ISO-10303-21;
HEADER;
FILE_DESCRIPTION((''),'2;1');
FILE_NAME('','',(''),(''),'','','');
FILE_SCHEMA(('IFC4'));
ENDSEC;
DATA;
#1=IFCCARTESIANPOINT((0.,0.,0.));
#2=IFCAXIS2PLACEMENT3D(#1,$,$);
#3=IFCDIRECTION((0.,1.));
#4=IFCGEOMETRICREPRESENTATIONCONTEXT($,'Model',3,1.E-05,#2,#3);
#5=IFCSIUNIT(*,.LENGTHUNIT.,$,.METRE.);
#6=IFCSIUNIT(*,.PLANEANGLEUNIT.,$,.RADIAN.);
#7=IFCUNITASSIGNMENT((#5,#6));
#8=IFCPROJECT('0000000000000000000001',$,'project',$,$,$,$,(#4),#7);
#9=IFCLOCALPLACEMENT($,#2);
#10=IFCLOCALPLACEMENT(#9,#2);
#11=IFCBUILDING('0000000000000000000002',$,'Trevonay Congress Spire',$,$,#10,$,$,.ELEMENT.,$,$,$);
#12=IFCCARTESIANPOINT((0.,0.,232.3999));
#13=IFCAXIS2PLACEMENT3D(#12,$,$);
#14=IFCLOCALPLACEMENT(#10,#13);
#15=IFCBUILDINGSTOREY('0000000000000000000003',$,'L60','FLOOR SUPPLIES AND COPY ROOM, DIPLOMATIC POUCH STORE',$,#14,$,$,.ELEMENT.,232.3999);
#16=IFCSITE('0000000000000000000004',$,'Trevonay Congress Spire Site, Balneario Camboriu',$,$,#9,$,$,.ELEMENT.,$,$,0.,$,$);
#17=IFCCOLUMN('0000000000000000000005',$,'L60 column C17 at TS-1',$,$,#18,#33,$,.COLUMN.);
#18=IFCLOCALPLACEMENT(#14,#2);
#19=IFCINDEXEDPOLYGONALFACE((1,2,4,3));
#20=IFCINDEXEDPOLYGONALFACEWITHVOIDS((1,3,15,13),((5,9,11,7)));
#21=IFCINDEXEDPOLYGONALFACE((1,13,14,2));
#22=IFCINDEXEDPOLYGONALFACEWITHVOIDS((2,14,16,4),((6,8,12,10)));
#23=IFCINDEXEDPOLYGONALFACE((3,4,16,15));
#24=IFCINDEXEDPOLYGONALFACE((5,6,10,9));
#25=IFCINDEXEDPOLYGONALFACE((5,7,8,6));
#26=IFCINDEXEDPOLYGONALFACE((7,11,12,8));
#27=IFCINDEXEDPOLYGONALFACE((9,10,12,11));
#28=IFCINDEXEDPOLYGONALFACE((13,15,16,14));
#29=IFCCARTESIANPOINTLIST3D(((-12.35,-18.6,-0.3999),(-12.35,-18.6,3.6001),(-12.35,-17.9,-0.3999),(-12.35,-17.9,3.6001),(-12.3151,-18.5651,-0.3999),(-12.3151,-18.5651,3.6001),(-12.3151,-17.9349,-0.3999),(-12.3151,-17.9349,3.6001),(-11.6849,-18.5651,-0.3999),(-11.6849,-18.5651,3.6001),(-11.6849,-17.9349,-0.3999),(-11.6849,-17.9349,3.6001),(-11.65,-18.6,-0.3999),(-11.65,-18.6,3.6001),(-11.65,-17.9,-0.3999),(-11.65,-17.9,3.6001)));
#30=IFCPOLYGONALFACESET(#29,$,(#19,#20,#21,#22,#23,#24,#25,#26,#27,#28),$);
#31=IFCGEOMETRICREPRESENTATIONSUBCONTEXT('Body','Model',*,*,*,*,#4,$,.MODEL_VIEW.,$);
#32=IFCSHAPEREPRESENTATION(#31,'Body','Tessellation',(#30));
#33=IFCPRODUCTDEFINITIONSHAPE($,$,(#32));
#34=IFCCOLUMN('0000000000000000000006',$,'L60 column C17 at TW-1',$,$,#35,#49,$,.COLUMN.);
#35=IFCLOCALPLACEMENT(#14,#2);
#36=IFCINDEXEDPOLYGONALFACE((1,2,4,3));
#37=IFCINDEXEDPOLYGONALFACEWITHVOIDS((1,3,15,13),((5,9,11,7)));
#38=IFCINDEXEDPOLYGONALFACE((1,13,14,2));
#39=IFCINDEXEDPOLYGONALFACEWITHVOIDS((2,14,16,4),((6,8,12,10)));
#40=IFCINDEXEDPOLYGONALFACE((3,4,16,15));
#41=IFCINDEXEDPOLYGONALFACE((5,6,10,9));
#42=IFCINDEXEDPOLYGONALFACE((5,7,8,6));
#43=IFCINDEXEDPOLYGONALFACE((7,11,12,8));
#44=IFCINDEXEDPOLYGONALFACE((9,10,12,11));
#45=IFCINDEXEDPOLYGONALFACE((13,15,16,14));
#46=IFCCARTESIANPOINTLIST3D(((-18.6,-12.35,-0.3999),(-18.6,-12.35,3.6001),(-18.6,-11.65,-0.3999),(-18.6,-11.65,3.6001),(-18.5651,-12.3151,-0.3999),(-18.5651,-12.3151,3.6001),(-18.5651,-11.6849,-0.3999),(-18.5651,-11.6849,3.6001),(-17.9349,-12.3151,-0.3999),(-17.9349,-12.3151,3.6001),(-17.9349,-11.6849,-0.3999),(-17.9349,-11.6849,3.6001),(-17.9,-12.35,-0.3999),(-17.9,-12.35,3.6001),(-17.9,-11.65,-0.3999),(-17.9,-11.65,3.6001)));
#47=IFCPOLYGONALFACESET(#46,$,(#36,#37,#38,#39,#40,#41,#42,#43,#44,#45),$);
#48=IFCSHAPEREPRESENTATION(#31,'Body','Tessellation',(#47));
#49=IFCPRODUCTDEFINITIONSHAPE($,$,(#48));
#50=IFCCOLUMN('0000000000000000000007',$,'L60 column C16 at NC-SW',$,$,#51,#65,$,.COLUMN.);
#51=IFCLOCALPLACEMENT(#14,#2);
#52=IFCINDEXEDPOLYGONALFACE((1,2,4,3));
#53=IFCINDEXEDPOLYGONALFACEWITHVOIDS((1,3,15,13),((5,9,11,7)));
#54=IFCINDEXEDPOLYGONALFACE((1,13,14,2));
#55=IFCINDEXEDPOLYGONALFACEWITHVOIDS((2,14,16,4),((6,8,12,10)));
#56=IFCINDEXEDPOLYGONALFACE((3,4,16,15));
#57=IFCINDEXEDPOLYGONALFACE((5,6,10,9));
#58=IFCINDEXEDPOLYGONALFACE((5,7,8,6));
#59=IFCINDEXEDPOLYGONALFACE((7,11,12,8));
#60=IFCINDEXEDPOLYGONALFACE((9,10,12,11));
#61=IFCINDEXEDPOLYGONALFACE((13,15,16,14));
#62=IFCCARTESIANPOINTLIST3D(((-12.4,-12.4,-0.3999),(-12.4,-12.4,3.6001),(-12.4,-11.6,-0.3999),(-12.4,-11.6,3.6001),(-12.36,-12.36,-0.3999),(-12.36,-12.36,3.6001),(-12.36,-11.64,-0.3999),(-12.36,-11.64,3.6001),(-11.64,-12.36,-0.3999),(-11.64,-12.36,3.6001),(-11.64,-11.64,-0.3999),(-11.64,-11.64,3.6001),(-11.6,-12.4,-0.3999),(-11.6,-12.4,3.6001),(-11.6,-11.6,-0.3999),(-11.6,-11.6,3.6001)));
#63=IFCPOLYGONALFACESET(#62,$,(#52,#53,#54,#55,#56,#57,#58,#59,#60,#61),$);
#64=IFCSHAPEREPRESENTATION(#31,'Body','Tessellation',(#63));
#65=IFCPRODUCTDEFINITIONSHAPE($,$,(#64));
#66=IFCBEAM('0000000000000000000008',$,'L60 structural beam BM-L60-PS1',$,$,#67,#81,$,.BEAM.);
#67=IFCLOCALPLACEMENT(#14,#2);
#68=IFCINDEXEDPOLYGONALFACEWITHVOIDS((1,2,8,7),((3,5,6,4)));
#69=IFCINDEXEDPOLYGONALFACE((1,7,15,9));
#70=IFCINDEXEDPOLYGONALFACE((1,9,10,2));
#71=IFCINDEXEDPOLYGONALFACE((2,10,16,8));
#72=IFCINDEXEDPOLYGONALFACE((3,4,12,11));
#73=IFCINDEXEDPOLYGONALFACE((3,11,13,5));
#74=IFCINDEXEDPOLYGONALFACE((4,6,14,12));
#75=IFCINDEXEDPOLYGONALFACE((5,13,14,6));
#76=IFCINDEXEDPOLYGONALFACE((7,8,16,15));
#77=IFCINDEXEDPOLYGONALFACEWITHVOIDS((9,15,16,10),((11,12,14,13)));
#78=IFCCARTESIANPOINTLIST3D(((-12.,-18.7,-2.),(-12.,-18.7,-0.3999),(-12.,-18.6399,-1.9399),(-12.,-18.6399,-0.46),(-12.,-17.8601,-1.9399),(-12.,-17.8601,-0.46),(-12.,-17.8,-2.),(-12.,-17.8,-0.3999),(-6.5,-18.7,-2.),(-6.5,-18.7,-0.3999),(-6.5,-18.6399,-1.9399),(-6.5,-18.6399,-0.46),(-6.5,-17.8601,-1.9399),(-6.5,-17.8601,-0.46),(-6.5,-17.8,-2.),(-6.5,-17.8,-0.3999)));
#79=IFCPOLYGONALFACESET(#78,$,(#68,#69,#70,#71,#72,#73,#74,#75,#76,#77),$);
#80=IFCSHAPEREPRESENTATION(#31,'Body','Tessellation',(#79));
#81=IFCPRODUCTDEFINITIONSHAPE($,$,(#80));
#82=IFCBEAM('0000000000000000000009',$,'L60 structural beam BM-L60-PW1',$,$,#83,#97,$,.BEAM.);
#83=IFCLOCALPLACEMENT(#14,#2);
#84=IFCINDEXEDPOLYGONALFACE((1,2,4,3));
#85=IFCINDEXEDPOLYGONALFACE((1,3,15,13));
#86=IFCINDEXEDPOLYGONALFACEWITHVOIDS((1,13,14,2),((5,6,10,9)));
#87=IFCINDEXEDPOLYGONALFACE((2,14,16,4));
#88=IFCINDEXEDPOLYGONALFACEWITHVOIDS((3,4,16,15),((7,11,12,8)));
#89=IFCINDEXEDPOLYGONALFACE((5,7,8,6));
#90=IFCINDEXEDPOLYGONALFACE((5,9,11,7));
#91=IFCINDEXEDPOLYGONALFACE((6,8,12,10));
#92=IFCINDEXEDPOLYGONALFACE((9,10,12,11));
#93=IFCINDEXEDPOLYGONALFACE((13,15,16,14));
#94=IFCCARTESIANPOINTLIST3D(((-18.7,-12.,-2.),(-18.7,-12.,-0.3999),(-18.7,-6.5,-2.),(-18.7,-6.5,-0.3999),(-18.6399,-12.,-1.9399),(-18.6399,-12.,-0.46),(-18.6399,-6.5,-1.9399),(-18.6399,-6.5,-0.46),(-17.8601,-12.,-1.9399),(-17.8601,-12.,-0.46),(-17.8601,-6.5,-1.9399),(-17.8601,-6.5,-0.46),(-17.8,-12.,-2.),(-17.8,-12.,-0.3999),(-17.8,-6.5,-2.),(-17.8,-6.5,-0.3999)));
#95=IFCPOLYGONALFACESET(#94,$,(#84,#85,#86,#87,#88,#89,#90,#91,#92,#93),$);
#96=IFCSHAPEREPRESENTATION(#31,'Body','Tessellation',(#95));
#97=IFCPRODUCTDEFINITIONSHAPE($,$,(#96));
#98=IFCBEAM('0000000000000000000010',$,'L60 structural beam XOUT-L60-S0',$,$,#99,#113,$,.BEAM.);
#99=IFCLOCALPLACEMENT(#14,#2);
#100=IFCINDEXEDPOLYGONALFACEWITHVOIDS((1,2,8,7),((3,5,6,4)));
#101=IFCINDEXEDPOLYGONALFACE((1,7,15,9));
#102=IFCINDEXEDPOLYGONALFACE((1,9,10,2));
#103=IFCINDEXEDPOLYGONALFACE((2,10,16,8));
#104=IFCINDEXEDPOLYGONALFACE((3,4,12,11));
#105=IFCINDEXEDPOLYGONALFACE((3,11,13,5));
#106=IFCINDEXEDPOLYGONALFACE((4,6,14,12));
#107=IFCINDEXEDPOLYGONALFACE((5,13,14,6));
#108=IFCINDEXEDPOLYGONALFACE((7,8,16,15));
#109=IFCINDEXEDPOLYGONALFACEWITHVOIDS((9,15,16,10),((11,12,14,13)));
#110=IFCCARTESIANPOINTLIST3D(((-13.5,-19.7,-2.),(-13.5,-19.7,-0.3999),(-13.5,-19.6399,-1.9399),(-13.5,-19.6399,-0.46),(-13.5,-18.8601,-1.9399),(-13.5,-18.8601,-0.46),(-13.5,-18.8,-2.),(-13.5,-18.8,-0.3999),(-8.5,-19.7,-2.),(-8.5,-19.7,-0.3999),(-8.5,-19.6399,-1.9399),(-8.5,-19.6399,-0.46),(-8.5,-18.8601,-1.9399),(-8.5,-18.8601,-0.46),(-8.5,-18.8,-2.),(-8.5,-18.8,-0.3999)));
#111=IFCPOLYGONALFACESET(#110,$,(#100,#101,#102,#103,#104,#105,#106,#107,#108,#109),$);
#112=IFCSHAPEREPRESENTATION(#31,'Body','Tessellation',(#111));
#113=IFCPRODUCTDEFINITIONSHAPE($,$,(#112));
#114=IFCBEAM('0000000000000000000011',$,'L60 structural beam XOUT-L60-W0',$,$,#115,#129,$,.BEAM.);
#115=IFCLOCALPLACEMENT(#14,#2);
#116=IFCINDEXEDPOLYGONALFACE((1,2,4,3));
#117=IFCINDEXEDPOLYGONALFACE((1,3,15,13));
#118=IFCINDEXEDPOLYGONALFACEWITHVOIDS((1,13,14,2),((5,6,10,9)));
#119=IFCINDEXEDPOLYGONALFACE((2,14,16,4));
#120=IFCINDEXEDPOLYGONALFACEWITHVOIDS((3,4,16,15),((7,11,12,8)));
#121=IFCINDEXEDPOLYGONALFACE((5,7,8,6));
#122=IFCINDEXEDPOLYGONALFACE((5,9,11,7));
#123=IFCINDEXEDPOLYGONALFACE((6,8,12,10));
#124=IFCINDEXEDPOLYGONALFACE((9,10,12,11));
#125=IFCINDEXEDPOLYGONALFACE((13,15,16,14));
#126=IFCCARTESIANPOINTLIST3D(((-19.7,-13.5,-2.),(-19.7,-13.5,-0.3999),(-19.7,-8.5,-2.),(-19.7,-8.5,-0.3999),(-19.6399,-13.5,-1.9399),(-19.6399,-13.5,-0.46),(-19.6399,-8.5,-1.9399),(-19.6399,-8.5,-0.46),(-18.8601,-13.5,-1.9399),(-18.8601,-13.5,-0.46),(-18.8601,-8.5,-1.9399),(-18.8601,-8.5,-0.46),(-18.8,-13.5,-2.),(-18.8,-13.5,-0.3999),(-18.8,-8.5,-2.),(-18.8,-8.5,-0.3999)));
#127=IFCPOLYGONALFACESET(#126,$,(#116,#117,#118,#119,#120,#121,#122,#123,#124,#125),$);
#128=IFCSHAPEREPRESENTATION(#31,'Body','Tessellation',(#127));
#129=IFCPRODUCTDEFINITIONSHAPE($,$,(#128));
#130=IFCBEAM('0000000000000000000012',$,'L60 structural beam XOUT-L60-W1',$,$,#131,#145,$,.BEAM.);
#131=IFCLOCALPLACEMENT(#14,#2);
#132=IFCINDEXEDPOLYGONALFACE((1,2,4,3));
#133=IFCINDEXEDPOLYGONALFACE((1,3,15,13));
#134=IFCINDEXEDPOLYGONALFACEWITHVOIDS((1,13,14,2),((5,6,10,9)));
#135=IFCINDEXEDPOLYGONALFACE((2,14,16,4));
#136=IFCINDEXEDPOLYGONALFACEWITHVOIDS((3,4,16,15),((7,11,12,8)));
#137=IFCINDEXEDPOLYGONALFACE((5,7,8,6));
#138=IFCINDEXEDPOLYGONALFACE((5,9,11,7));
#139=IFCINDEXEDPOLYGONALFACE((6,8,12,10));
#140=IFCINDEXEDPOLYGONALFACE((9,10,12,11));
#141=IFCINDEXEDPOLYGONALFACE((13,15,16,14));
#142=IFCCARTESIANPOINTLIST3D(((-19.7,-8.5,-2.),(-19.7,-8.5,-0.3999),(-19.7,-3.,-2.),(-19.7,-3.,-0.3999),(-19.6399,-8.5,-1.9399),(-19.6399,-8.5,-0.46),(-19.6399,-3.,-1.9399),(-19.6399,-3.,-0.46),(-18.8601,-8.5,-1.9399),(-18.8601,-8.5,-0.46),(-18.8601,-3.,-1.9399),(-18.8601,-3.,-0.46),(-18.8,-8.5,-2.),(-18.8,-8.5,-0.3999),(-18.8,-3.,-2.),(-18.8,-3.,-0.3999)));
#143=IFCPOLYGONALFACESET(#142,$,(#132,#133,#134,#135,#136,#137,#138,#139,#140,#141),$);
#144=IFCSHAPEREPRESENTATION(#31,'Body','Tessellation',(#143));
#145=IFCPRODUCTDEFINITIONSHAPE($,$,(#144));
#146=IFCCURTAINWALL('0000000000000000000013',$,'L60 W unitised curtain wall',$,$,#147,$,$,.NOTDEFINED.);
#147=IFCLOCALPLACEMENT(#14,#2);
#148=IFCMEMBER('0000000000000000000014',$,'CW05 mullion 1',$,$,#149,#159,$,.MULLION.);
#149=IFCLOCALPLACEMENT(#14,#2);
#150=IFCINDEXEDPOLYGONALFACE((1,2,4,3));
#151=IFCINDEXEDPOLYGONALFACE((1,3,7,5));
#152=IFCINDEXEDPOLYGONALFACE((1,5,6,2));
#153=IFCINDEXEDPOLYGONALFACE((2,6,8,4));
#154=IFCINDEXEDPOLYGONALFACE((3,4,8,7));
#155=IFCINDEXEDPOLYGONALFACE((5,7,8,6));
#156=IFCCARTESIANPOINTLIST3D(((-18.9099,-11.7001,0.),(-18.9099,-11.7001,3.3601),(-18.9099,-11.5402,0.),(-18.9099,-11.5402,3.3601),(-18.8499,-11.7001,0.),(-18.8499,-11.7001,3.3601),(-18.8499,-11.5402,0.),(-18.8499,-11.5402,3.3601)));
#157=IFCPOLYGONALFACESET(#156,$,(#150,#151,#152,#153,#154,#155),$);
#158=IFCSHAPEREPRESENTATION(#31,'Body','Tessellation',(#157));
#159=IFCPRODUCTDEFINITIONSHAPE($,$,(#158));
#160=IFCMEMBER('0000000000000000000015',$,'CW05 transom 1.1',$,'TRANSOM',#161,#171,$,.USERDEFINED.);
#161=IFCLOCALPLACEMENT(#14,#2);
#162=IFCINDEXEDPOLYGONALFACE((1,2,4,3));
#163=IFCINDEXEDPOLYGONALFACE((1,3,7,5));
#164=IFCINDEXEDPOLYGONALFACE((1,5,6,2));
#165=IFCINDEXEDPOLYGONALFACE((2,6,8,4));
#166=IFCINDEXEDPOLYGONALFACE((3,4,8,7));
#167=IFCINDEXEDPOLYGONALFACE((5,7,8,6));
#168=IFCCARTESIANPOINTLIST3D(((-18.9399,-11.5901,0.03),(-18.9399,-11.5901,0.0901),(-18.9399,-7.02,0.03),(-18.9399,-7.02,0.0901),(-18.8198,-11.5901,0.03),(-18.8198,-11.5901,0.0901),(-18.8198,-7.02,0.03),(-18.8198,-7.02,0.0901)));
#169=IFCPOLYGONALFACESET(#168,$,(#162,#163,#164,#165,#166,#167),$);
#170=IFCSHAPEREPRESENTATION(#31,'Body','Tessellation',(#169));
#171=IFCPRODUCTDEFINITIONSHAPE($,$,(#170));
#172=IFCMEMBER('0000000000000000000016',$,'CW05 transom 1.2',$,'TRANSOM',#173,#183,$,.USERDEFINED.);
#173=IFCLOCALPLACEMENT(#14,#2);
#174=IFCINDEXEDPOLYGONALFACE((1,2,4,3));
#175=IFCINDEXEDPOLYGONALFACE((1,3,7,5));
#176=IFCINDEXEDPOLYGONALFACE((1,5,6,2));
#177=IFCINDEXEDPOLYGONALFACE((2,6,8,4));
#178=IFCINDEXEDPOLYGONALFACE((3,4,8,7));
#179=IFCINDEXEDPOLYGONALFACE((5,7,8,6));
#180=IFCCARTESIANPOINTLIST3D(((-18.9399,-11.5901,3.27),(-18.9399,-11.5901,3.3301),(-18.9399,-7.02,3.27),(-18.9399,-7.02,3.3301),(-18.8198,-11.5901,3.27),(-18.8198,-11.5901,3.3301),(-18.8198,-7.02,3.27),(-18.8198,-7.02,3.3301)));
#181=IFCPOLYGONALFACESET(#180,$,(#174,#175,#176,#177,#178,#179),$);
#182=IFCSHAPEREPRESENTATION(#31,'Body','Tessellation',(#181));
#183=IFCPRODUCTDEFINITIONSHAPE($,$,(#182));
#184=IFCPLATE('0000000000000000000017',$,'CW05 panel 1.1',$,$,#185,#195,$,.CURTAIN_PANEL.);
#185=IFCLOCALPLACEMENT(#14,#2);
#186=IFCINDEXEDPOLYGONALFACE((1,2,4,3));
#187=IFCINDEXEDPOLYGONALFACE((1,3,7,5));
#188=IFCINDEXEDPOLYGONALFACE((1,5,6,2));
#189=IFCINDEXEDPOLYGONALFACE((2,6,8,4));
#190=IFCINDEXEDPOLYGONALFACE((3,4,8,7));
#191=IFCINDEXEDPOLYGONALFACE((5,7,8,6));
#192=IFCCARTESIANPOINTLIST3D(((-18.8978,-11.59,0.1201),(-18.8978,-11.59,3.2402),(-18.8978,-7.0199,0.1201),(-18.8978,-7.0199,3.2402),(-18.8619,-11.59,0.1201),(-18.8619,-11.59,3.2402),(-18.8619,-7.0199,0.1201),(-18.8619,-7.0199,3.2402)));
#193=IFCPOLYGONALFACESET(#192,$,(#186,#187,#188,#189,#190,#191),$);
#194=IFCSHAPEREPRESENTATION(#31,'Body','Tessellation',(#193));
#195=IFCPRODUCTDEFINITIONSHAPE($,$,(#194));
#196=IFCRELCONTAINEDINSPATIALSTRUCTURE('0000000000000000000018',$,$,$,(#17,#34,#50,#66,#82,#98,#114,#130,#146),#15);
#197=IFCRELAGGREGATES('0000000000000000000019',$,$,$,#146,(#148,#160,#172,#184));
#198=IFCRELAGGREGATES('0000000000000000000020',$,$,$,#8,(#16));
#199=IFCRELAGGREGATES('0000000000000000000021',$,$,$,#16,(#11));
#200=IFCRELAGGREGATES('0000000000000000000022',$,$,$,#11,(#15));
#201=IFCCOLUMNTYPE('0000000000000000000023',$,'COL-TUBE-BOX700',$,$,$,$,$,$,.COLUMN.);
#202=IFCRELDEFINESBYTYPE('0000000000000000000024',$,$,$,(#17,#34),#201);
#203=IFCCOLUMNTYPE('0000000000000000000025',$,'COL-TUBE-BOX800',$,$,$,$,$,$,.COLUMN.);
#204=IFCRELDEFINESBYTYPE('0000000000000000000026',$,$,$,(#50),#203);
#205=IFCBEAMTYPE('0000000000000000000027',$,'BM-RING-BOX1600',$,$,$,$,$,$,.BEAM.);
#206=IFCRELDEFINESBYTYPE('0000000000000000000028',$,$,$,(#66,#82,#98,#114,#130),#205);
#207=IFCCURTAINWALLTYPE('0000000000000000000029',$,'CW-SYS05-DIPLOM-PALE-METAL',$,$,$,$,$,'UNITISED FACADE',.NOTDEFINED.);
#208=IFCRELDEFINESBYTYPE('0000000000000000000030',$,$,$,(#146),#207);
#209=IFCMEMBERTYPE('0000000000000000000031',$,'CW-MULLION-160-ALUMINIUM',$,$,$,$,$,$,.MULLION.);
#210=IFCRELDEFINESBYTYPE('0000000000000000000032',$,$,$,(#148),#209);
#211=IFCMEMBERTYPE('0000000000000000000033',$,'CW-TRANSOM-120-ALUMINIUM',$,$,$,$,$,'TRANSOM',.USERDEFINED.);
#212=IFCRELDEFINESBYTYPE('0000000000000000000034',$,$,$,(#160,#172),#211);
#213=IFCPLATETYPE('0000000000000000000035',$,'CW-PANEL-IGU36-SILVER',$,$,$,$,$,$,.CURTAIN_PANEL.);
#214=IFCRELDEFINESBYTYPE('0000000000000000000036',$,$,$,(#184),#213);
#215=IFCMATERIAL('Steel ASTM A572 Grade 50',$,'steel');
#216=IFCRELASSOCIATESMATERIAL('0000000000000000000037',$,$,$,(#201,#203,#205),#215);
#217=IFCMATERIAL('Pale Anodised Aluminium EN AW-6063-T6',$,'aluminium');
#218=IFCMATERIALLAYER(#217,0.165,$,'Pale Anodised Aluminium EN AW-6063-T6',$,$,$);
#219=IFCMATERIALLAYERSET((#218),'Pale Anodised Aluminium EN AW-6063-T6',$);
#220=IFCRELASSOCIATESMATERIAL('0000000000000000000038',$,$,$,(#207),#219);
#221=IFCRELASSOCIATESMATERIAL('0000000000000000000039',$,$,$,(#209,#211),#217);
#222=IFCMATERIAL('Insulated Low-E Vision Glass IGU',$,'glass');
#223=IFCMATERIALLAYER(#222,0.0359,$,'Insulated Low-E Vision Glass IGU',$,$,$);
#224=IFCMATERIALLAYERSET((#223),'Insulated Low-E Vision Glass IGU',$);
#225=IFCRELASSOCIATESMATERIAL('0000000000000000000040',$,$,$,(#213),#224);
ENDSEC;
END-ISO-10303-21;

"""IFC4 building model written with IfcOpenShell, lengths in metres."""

from ifc_helpers import new_model, si_unit, direction, frame, origin, origin_2d, place, context, subcontext, project, spatial, rectangle, hollow_rectangle, extrude, material, layer, layer_set, material_profile, profile_set, type_object, element, aggregate, save


model = new_model("IFC4")

# Units and contexts
model_context = context("Model", 3, precision=1e-05, world=origin(), true_north=direction((0.0, 1.0)))
body_context = subcontext(model_context, "Body", "Model", "MODEL_VIEW")
ifc_project = project(units=[si_unit("LENGTHUNIT", "METRE"), si_unit("PLANEANGLEUNIT", "RADIAN")], contexts=[model_context])

# Site, building, storey
site_placement = place(None, origin())
site = spatial("IfcSite", under=ifc_project, at=site_placement, Name="Trevonay Congress Spire Site, Balneario Camboriu", CompositionType="ELEMENT", RefElevation=0.0)
building_placement = place(site_placement, origin())
building = spatial("IfcBuilding", under=site, at=building_placement, Name="Trevonay Congress Spire", CompositionType="ELEMENT")
storey_placement = place(building_placement, frame((0.0, 0.0, 232.3999)))
storey = spatial("IfcBuildingStorey", under=building, at=storey_placement, Name="L60", Description="FLOOR SUPPLIES AND COPY ROOM, DIPLOMATIC POUCH STORE", CompositionType="ELEMENT", Elevation=232.3999)

# Columns
ifc_material_1 = material(Name="Steel ASTM A572 Grade 50", Category="steel")
ifc_material_profile_1 = material_profile(ifc_material_1, hollow_rectangle(XDim=0.7, YDim=0.7, WallThickness=0.0349, at=origin_2d()), Name="BOX 700x700x35")
ifc_profile_set_1 = profile_set([ifc_material_profile_1], Name="Steel ASTM A572 Grade 50")
column_type_1 = type_object("IfcColumnType", Name="COL-TUBE-BOX700", PredefinedType="COLUMN", material=ifc_profile_set_1)
for number, where, z_axis, x_axis, name in (
    (1, (-12.0, -18.25, -0.3999), (0.0, 0.0, 1.0), (1.0, 0.0, 0.0), "L60 column C17 at TS-1"),
    (2, (-18.25, -12.0, -0.3999), (0.0, 0.0, 1.0), (1.0, 0.0, 0.0), "L60 column C17 at TW-1"),
):
    element("IfcColumn", number, at=place(storey_placement, frame(where, z_axis=z_axis, x_axis=x_axis)), inside=storey, type_object=column_type_1, Name=name, PredefinedType="COLUMN", context=body_context, shape_type="SweptSolid", body=[
        extrude(hollow_rectangle(XDim=0.7, YDim=0.7, WallThickness=0.0349, at=origin_2d()), origin(), (0.0, 0.0, 1.0), 4.0),
    ])
ifc_material_profile_2 = material_profile(ifc_material_1, hollow_rectangle(XDim=0.8, YDim=0.8, WallThickness=0.04, at=origin_2d()), Name="BOX 800x800x40")
ifc_profile_set_2 = profile_set([ifc_material_profile_2], Name="Steel ASTM A572 Grade 50")
column_type_2 = type_object("IfcColumnType", Name="COL-TUBE-BOX800", PredefinedType="COLUMN", material=ifc_profile_set_2)
column_placement = place(storey_placement, frame((-12.0, -12.0, -0.3999), z_axis=(0.0, 0.0, 1.0), x_axis=(1.0, 0.0, 0.0)))
element("IfcColumn", 3, at=column_placement, inside=storey, type_object=column_type_2, Name="L60 column C16 at NC-SW", PredefinedType="COLUMN", context=body_context, shape_type="SweptSolid", body=[
    extrude(hollow_rectangle(XDim=0.8, YDim=0.8, WallThickness=0.04, at=origin_2d()), origin(), (0.0, 0.0, 1.0), 4.0),
])

# Beams
ifc_material_profile_3 = material_profile(ifc_material_1, hollow_rectangle(XDim=0.8999, YDim=1.6001, WallThickness=0.0601, at=origin_2d()), Name="BOX 1600x900x60")
ifc_profile_set_3 = profile_set([ifc_material_profile_3], Name="Steel ASTM A572 Grade 50")
beam_type = type_object("IfcBeamType", Name="BM-RING-BOX1600", PredefinedType="BEAM", material=ifc_profile_set_3)
for number, where, z_axis, x_axis, name in (
    (4, (-12.0, -18.25, -1.2), (1.0, 0.0, 0.0), (0.0, 1.0, 0.0), "L60 structural beam BM-L60-PS1"),
    (5, (-18.25, -12.0, -1.2), (0.0, 1.0, 0.0), (-1.0, 0.0, 0.0), "L60 structural beam BM-L60-PW1"),
):
    element("IfcBeam", number, at=place(storey_placement, frame(where, z_axis=z_axis, x_axis=x_axis)), inside=storey, type_object=beam_type, Name=name, PredefinedType="BEAM", context=body_context, shape_type="SweptSolid", body=[
        extrude(hollow_rectangle(XDim=0.8999, YDim=1.6001, WallThickness=0.0601, at=origin_2d()), origin(), (0.0, 0.0, 1.0), 5.5),
    ])
for number, where, z_axis, x_axis, name in (
    (6, (-13.5, -19.25, -1.2), (1.0, 0.0, 0.0), (0.0, 1.0, 0.0), "L60 structural beam XOUT-L60-S0"),
    (7, (-19.25, -13.5, -1.2), (0.0, 1.0, 0.0), (-1.0, 0.0, 0.0), "L60 structural beam XOUT-L60-W0"),
):
    element("IfcBeam", number, at=place(storey_placement, frame(where, z_axis=z_axis, x_axis=x_axis)), inside=storey, type_object=beam_type, Name=name, PredefinedType="BEAM", context=body_context, shape_type="SweptSolid", body=[
        extrude(hollow_rectangle(XDim=0.8999, YDim=1.6001, WallThickness=0.0601, at=origin_2d()), origin(), (0.0, 0.0, 1.0), 5.0),
    ])
beam_placement = place(storey_placement, frame((-19.25, -8.5, -1.2), z_axis=(0.0, 1.0, 0.0), x_axis=(-1.0, 0.0, 0.0)))
element("IfcBeam", 8, at=beam_placement, inside=storey, type_object=beam_type, Name="L60 structural beam XOUT-L60-W1", PredefinedType="BEAM", context=body_context, shape_type="SweptSolid", body=[
    extrude(hollow_rectangle(XDim=0.8999, YDim=1.6001, WallThickness=0.0601, at=origin_2d()), origin(), (0.0, 0.0, 1.0), 5.5),
])

# Curtain wall, members, plate
ifc_material_2 = material(Name="Pale Anodised Aluminium EN AW-6063-T6", Category="aluminium")
ifc_layer_1 = layer(ifc_material_2, 0.165, Name="Pale Anodised Aluminium EN AW-6063-T6")
ifc_layer_set_1 = layer_set([ifc_layer_1], Name="Pale Anodised Aluminium EN AW-6063-T6")
curtain_wall_type = type_object("IfcCurtainWallType", Name="CW-SYS05-DIPLOM-PALE-METAL", ElementType="UNITISED FACADE", PredefinedType="NOTDEFINED", material=ifc_layer_set_1)
curtain_wall_placement = place(storey_placement, origin())
curtain_wall = element("IfcCurtainWall", 9, at=curtain_wall_placement, inside=storey, type_object=curtain_wall_type, Name="L60 W unitised curtain wall", PredefinedType="NOTDEFINED")
ifc_material_profile_4 = material_profile(ifc_material_2, rectangle(XDim=0.0601, YDim=0.1599, at=origin_2d()), Name="CW-MULLION-160-ALUMINIUM")
ifc_profile_set_4 = profile_set([ifc_material_profile_4], Name="Pale Anodised Aluminium EN AW-6063-T6")
member_type_1 = type_object("IfcMemberType", Name="CW-MULLION-160-ALUMINIUM", PredefinedType="MULLION", material=ifc_profile_set_4)
member_1_placement = place(storey_placement, frame((-18.8799, -11.6201, 0.0), z_axis=(0.0, 0.0, 1.0), x_axis=(-1.0, 0.0, 0.0)))
member_1 = element("IfcMember", 10, at=member_1_placement, type_object=member_type_1, Name="CW05 mullion 1", PredefinedType="MULLION", context=body_context, shape_type="SweptSolid", body=[
    extrude(rectangle(XDim=0.0601, YDim=0.1599, at=origin_2d()), origin(), (0.0, 0.0, 1.0), 3.3601),
])
ifc_material_profile_5 = material_profile(ifc_material_2, rectangle(XDim=0.1201, YDim=0.0601, at=origin_2d()), Name="CW-TRANSOM-120-ALUMINIUM")
ifc_profile_set_5 = profile_set([ifc_material_profile_5], Name="Pale Anodised Aluminium EN AW-6063-T6")
member_type_2 = type_object("IfcMemberType", Name="CW-TRANSOM-120-ALUMINIUM", ElementType="TRANSOM", PredefinedType="USERDEFINED", material=ifc_profile_set_5)
member_2_placement = place(storey_placement, frame((-18.8799, -11.5901, 0.0601), z_axis=(0.0, 1.0, 0.0), x_axis=(-1.0, 0.0, 0.0)))
member_2 = element("IfcMember", 11, at=member_2_placement, type_object=member_type_2, Name="CW05 transom 1.1", ObjectType="TRANSOM", PredefinedType="USERDEFINED", context=body_context, shape_type="SweptSolid", body=[
    extrude(rectangle(XDim=0.1201, YDim=0.0601, at=origin_2d()), origin(), (0.0, 0.0, 1.0), 4.5701),
])
member_3_placement = place(storey_placement, frame((-18.8799, -11.5901, 3.3), z_axis=(0.0, 1.0, 0.0), x_axis=(-1.0, 0.0, 0.0)))
member_3 = element("IfcMember", 12, at=member_3_placement, type_object=member_type_2, Name="CW05 transom 1.2", ObjectType="TRANSOM", PredefinedType="USERDEFINED", context=body_context, shape_type="SweptSolid", body=[
    extrude(rectangle(XDim=0.1201, YDim=0.0601, at=origin_2d()), origin(), (0.0, 0.0, 1.0), 4.5701),
])
ifc_material_3 = material(Name="Insulated Low-E Vision Glass IGU", Category="glass")
ifc_layer_2 = layer(ifc_material_3, 0.0359, Name="Insulated Low-E Vision Glass IGU")
ifc_layer_set_2 = layer_set([ifc_layer_2], Name="Insulated Low-E Vision Glass IGU")
plate_type_1 = type_object("IfcPlateType", Name="CW-PANEL-IGU36-SILVER", PredefinedType="CURTAIN_PANEL", material=ifc_layer_set_2)
plate_1_placement = place(storey_placement, frame((-18.8799, -9.3049, 0.1201), z_axis=(0.0, 0.0, 1.0), x_axis=(0.0, 1.0, 0.0)))
plate_1 = element("IfcPlate", 13, at=plate_1_placement, type_object=plate_type_1, Name="CW05 panel 1.1", PredefinedType="CURTAIN_PANEL", context=body_context, shape_type="SweptSolid", body=[
    extrude(rectangle(XDim=4.5701, YDim=0.0359, at=origin_2d()), origin(), (0.0, 0.0, 1.0), 3.1201),
])
aggregate(curtain_wall, [member_1, member_2, member_3, plate_1])

save(model, "model.ifc")
